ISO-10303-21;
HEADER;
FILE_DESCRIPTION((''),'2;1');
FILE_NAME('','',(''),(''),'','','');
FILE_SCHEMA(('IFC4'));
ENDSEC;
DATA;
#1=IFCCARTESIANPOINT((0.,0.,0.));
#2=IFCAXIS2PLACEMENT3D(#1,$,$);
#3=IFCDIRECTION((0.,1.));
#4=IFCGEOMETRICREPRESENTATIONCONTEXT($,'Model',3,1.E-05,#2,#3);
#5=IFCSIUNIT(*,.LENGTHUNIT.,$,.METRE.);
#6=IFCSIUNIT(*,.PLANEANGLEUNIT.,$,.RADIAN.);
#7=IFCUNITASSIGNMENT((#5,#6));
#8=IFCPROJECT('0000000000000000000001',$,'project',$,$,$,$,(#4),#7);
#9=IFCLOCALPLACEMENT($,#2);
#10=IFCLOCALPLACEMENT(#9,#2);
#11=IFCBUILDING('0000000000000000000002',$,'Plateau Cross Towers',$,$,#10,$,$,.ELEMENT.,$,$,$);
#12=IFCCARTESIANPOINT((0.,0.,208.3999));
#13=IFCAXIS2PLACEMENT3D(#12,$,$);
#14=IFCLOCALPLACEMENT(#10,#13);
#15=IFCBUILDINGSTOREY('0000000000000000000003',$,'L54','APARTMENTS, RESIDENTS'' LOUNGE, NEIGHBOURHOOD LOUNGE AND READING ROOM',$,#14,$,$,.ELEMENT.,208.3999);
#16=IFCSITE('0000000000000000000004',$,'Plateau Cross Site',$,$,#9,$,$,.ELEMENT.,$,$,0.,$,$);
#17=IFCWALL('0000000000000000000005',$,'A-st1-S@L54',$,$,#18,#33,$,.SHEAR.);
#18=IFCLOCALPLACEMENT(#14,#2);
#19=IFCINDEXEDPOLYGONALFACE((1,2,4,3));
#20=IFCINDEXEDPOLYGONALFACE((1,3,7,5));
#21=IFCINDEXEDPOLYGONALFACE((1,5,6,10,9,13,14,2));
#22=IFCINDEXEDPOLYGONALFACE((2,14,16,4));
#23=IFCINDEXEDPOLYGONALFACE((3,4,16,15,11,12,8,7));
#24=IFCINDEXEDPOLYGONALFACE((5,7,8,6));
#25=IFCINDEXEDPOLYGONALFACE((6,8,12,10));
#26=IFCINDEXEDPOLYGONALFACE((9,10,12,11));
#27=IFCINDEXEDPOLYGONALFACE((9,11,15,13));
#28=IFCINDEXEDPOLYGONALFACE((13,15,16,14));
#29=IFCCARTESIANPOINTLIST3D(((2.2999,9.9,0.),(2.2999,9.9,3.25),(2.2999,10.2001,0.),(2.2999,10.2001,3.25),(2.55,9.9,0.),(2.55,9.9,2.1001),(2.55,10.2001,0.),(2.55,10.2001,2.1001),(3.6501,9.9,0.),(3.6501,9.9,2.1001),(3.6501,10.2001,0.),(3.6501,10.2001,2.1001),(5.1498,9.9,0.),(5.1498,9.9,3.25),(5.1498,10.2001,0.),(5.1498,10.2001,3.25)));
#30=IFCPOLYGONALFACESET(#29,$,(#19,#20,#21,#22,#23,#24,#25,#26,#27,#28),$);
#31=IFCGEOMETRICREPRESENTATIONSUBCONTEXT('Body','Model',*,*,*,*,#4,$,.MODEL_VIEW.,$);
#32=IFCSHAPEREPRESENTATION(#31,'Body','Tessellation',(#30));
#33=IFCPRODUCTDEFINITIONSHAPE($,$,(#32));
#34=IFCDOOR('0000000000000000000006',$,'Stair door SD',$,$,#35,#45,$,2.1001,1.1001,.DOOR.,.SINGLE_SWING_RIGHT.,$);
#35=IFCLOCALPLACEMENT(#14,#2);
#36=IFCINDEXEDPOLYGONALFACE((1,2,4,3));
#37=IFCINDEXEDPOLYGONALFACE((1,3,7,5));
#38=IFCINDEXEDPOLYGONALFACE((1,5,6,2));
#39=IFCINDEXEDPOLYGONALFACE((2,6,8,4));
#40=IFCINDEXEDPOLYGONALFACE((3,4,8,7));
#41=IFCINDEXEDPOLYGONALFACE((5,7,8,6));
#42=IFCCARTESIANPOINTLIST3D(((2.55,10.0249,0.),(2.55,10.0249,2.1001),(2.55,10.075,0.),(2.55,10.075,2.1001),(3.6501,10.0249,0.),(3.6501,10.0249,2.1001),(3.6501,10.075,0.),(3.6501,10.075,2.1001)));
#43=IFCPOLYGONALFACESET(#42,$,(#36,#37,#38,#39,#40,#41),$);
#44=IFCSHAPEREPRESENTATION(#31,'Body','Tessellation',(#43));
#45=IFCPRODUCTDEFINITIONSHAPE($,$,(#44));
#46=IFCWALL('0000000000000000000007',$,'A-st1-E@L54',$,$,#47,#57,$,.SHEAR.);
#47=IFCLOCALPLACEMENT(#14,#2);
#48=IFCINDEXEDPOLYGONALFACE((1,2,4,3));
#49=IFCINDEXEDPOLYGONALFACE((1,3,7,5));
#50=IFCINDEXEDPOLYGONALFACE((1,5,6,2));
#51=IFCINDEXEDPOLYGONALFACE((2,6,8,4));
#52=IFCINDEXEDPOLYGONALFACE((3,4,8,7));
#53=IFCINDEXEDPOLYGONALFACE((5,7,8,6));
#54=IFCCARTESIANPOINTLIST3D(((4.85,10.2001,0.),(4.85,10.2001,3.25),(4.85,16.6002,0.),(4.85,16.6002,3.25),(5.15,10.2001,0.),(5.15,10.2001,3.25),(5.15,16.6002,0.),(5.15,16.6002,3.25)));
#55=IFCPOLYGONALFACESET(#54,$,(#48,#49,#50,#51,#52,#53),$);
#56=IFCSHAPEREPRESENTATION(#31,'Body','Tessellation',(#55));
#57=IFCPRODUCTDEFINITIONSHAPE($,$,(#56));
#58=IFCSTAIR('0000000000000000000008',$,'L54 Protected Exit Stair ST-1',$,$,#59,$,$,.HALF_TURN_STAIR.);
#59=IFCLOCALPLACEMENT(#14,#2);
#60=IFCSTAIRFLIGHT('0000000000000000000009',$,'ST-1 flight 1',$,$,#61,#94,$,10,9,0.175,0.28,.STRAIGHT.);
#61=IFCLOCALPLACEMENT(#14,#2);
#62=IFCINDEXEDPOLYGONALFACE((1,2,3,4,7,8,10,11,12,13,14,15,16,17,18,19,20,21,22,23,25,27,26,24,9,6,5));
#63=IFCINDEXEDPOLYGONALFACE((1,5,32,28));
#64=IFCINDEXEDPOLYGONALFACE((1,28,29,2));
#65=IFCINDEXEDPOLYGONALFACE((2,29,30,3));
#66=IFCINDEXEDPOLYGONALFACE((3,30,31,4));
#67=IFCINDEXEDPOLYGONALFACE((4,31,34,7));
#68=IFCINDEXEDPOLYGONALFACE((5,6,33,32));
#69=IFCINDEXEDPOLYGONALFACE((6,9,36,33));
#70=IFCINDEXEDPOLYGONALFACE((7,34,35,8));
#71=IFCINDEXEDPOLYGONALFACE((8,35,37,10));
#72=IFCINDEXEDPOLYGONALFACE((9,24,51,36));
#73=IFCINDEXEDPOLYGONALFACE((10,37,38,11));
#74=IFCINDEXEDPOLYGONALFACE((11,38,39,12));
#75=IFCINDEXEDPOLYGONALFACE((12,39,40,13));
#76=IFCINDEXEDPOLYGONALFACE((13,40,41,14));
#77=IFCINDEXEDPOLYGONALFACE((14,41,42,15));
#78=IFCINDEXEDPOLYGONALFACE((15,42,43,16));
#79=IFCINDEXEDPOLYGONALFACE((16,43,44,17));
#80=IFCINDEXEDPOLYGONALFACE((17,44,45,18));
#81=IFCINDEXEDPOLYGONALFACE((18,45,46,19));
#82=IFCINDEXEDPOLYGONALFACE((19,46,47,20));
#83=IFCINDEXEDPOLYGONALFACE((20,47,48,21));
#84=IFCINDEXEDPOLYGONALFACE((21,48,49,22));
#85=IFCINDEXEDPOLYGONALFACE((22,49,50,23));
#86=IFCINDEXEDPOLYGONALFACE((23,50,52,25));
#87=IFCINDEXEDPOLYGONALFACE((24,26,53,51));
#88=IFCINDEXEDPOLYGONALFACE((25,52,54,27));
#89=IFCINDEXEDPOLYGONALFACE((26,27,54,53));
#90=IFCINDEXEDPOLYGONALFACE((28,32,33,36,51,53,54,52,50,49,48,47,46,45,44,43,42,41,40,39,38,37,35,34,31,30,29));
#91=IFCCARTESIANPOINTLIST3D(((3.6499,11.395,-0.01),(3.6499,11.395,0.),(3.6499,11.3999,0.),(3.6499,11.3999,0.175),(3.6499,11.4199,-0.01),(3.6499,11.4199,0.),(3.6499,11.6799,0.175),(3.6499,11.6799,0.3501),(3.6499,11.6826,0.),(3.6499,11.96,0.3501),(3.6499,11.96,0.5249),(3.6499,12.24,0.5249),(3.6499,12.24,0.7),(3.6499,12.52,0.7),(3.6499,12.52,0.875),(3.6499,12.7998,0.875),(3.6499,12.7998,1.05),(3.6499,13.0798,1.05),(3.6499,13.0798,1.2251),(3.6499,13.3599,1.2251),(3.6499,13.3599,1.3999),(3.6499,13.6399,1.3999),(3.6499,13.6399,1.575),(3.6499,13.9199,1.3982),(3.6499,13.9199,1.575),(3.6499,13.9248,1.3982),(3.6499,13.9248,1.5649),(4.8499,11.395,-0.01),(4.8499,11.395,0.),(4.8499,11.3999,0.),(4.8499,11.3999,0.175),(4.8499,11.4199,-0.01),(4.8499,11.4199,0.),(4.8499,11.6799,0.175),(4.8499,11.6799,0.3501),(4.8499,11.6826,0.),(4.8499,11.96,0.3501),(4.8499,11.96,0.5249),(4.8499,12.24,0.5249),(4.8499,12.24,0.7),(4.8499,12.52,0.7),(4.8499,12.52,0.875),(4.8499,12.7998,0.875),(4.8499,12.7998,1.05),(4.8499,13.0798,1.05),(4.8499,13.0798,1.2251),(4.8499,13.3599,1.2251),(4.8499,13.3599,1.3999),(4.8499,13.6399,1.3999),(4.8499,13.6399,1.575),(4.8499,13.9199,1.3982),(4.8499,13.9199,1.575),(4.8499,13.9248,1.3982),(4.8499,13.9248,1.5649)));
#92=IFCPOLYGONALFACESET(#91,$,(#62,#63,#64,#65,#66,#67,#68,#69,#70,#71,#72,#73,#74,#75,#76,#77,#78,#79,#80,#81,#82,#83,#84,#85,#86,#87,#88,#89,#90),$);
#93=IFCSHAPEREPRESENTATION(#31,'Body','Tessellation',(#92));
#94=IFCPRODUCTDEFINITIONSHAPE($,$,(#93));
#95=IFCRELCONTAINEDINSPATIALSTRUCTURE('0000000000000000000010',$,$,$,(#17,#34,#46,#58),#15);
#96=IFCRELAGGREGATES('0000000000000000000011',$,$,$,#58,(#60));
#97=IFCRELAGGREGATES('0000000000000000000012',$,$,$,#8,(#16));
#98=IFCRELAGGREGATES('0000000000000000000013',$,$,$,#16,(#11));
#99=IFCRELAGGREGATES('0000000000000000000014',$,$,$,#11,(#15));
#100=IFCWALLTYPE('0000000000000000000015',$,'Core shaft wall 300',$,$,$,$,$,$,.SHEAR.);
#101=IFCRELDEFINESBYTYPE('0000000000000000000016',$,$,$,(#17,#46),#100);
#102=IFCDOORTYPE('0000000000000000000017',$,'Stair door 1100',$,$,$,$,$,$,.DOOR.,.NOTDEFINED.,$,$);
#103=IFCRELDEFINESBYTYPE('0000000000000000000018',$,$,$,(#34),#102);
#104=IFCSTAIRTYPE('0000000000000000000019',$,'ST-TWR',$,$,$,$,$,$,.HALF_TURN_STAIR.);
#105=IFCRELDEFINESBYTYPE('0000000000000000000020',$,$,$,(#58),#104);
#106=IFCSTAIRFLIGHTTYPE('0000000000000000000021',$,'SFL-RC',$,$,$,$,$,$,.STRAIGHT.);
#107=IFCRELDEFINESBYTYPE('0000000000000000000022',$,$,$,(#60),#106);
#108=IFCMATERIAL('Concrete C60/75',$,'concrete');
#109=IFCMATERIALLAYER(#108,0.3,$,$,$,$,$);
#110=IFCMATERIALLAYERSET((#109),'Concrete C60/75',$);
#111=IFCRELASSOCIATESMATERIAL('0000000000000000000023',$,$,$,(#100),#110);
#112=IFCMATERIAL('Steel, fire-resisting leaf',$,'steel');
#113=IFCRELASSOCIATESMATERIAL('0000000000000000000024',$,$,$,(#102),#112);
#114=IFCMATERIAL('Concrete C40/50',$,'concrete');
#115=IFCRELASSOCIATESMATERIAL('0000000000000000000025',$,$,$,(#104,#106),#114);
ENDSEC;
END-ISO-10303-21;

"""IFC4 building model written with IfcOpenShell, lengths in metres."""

from ifc_helpers import new_model, si_unit, direction, frame, frame_2d, origin, place, context, subcontext, project, spatial, polyline, rectangle, outline, extrude, material, layer, layer_set, type_object, element, fill, aggregate, save


model = new_model("IFC4")

# Units and contexts
model_context = context("Model", 3, precision=1e-05, world=origin(), true_north=direction((0.0, 1.0)))
body_context = subcontext(model_context, "Body", "Model", "MODEL_VIEW")
ifc_project = project(units=[si_unit("LENGTHUNIT", "METRE"), si_unit("PLANEANGLEUNIT", "RADIAN")], contexts=[model_context])

# Site, building, storey
site_placement = place(None, origin())
site = spatial("IfcSite", under=ifc_project, at=site_placement, Name="Plateau Cross Site", CompositionType="ELEMENT", RefElevation=0.0)
building_placement = place(site_placement, origin())
building = spatial("IfcBuilding", under=site, at=building_placement, Name="Plateau Cross Towers", CompositionType="ELEMENT")
storey_placement = place(building_placement, frame((0.0, 0.0, 208.3999)))
storey = spatial("IfcBuildingStorey", under=building, at=storey_placement, Name="L54", Description="APARTMENTS, RESIDENTS' LOUNGE, NEIGHBOURHOOD LOUNGE AND READING ROOM", CompositionType="ELEMENT", Elevation=208.3999)

# Shared definitions
ifc_material_1 = material(Name="Concrete C60/75", Category="concrete")
ifc_layer_1 = layer(ifc_material_1, 0.3)
ifc_layer_set_1 = layer_set([ifc_layer_1], Name="Concrete C60/75")
wall_type = type_object("IfcWallType", Name="Core shaft wall 300", PredefinedType="SHEAR", material=ifc_layer_set_1)
ifc_material_2 = material(Name="Steel, fire-resisting leaf", Category="steel")
door_type_1 = type_object("IfcDoorType", Name="Stair door 1100", OperationType="NOTDEFINED", PredefinedType="DOOR", material=ifc_material_2)

# Wall, opening, door
wall_1_placement = place(storey_placement, frame((2.3, 10.05, 0.0), z_axis=(0.0, 0.0, 1.0), x_axis=(1.0, 0.0, 0.0)))
wall_1 = element("IfcWall", 1, at=wall_1_placement, inside=storey, type_object=wall_type, Name="A-st1-S@L54", PredefinedType="SHEAR", context=body_context, shape_type="SweptSolid", body=[
    extrude(rectangle(XDim=2.8499, YDim=0.3, at=frame_2d((1.4248, 0.0))), origin(), (0.0, 0.0, 1.0), 3.25),
])
opening_1_placement = place(wall_1_placement, frame((0.25, 0.0, 0.0)))
opening_1 = element("IfcOpeningElement", 2, at=opening_1_placement, cuts=wall_1, PredefinedType="OPENING", context=body_context, shape_type="SweptSolid", body=[
    extrude(rectangle(XDim=1.1001, YDim=2.1001, at=frame_2d((0.55, 1.05))), frame((0.0, 0.1599, 0.0), z_axis=(0.0, -1.0, 0.0), x_axis=(1.0, 0.0, 0.0)), (0.0, 0.0, 1.0), 0.3201),
])
door_1_placement = place(opening_1_placement, origin())
door_1 = element("IfcDoor", 3, at=door_1_placement, inside=storey, type_object=door_type_1, Name="Stair door SD", OperationType="SINGLE_SWING_RIGHT", OverallHeight=2.1001, OverallWidth=1.1001, PredefinedType="DOOR", context=body_context, shape_type="SweptSolid", body=[
    extrude(rectangle(XDim=1.1001, YDim=2.1001, at=frame_2d((0.55, 1.05))), frame((0.0, 0.0249, 0.0), z_axis=(0.0, -1.0, 0.0), x_axis=(1.0, 0.0, 0.0)), (0.0, 0.0, 1.0), 0.05),
])
fill(opening_1, door_1)

# Wall
wall_2_placement = place(storey_placement, frame((5.0, 10.2, 0.0), z_axis=(0.0, 0.0, 1.0), x_axis=(0.0, 1.0, 0.0)))
element("IfcWall", 4, at=wall_2_placement, inside=storey, type_object=wall_type, Name="A-st1-E@L54", PredefinedType="SHEAR", context=body_context, shape_type="SweptSolid", body=[
    extrude(rectangle(XDim=6.4001, YDim=0.3, at=frame_2d((3.2002, 0.0))), origin(), (0.0, 0.0, 1.0), 3.25),
])

# Stair, stair flight
ifc_material_3 = material(Name="Concrete C40/50", Category="concrete")
stair_type = type_object("IfcStairType", Name="ST-TWR", PredefinedType="HALF_TURN_STAIR", material=ifc_material_3)
stair_placement = place(storey_placement, origin())
stair = element("IfcStair", 5, at=stair_placement, inside=storey, type_object=stair_type, Name="L54 Protected Exit Stair ST-1", PredefinedType="HALF_TURN_STAIR")
stair_flight_type = type_object("IfcStairFlightType", Name="SFL-RC", PredefinedType="STRAIGHT", material=ifc_material_3)
stair_flight_placement = place(storey_placement, frame((4.25, 11.3999, 0.0), z_axis=(0.0, 0.0, 1.0), x_axis=(0.0, 1.0, 0.0)))
stair_flight = element("IfcStairFlight", 6, at=stair_flight_placement, type_object=stair_flight_type, Name="ST-1 flight 1", NumberOfRisers=10, NumberOfTreads=9, PredefinedType="STRAIGHT", RiserHeight=0.175, TreadLength=0.28, context=body_context, shape_type="SweptSolid", body=[
    extrude(outline(polyline([(-0.0049, -0.01), (-0.0049, 0.0), (0.0, 0.0), (0.0, 0.175), (0.28, 0.175), (0.28, 0.3501), (0.5601, 0.3501), (0.5601, 0.5249), (0.8401, 0.5249), (0.8401, 0.7), (1.1201, 0.7), (1.1201, 0.875), (1.3999, 0.875), (1.3999, 1.05), (1.6799, 1.05), (1.6799, 1.2251), (1.96, 1.2251), (1.96, 1.3999), (2.24, 1.3999), (2.24, 1.575), (2.52, 1.575), (2.5249, 1.5649), (2.5249, 1.3982), (2.52, 1.3982), (0.2827, 0.0), (0.02, 0.0), (0.02, -0.01), (-0.0049, -0.01)])), frame((0.0, 0.6001, 0.0), z_axis=(0.0, -1.0, 0.0), x_axis=(1.0, 0.0, 0.0)), (0.0, 0.0, 1.0), 1.2),
])
aggregate(stair, [stair_flight])

save(model, "model.ifc")
